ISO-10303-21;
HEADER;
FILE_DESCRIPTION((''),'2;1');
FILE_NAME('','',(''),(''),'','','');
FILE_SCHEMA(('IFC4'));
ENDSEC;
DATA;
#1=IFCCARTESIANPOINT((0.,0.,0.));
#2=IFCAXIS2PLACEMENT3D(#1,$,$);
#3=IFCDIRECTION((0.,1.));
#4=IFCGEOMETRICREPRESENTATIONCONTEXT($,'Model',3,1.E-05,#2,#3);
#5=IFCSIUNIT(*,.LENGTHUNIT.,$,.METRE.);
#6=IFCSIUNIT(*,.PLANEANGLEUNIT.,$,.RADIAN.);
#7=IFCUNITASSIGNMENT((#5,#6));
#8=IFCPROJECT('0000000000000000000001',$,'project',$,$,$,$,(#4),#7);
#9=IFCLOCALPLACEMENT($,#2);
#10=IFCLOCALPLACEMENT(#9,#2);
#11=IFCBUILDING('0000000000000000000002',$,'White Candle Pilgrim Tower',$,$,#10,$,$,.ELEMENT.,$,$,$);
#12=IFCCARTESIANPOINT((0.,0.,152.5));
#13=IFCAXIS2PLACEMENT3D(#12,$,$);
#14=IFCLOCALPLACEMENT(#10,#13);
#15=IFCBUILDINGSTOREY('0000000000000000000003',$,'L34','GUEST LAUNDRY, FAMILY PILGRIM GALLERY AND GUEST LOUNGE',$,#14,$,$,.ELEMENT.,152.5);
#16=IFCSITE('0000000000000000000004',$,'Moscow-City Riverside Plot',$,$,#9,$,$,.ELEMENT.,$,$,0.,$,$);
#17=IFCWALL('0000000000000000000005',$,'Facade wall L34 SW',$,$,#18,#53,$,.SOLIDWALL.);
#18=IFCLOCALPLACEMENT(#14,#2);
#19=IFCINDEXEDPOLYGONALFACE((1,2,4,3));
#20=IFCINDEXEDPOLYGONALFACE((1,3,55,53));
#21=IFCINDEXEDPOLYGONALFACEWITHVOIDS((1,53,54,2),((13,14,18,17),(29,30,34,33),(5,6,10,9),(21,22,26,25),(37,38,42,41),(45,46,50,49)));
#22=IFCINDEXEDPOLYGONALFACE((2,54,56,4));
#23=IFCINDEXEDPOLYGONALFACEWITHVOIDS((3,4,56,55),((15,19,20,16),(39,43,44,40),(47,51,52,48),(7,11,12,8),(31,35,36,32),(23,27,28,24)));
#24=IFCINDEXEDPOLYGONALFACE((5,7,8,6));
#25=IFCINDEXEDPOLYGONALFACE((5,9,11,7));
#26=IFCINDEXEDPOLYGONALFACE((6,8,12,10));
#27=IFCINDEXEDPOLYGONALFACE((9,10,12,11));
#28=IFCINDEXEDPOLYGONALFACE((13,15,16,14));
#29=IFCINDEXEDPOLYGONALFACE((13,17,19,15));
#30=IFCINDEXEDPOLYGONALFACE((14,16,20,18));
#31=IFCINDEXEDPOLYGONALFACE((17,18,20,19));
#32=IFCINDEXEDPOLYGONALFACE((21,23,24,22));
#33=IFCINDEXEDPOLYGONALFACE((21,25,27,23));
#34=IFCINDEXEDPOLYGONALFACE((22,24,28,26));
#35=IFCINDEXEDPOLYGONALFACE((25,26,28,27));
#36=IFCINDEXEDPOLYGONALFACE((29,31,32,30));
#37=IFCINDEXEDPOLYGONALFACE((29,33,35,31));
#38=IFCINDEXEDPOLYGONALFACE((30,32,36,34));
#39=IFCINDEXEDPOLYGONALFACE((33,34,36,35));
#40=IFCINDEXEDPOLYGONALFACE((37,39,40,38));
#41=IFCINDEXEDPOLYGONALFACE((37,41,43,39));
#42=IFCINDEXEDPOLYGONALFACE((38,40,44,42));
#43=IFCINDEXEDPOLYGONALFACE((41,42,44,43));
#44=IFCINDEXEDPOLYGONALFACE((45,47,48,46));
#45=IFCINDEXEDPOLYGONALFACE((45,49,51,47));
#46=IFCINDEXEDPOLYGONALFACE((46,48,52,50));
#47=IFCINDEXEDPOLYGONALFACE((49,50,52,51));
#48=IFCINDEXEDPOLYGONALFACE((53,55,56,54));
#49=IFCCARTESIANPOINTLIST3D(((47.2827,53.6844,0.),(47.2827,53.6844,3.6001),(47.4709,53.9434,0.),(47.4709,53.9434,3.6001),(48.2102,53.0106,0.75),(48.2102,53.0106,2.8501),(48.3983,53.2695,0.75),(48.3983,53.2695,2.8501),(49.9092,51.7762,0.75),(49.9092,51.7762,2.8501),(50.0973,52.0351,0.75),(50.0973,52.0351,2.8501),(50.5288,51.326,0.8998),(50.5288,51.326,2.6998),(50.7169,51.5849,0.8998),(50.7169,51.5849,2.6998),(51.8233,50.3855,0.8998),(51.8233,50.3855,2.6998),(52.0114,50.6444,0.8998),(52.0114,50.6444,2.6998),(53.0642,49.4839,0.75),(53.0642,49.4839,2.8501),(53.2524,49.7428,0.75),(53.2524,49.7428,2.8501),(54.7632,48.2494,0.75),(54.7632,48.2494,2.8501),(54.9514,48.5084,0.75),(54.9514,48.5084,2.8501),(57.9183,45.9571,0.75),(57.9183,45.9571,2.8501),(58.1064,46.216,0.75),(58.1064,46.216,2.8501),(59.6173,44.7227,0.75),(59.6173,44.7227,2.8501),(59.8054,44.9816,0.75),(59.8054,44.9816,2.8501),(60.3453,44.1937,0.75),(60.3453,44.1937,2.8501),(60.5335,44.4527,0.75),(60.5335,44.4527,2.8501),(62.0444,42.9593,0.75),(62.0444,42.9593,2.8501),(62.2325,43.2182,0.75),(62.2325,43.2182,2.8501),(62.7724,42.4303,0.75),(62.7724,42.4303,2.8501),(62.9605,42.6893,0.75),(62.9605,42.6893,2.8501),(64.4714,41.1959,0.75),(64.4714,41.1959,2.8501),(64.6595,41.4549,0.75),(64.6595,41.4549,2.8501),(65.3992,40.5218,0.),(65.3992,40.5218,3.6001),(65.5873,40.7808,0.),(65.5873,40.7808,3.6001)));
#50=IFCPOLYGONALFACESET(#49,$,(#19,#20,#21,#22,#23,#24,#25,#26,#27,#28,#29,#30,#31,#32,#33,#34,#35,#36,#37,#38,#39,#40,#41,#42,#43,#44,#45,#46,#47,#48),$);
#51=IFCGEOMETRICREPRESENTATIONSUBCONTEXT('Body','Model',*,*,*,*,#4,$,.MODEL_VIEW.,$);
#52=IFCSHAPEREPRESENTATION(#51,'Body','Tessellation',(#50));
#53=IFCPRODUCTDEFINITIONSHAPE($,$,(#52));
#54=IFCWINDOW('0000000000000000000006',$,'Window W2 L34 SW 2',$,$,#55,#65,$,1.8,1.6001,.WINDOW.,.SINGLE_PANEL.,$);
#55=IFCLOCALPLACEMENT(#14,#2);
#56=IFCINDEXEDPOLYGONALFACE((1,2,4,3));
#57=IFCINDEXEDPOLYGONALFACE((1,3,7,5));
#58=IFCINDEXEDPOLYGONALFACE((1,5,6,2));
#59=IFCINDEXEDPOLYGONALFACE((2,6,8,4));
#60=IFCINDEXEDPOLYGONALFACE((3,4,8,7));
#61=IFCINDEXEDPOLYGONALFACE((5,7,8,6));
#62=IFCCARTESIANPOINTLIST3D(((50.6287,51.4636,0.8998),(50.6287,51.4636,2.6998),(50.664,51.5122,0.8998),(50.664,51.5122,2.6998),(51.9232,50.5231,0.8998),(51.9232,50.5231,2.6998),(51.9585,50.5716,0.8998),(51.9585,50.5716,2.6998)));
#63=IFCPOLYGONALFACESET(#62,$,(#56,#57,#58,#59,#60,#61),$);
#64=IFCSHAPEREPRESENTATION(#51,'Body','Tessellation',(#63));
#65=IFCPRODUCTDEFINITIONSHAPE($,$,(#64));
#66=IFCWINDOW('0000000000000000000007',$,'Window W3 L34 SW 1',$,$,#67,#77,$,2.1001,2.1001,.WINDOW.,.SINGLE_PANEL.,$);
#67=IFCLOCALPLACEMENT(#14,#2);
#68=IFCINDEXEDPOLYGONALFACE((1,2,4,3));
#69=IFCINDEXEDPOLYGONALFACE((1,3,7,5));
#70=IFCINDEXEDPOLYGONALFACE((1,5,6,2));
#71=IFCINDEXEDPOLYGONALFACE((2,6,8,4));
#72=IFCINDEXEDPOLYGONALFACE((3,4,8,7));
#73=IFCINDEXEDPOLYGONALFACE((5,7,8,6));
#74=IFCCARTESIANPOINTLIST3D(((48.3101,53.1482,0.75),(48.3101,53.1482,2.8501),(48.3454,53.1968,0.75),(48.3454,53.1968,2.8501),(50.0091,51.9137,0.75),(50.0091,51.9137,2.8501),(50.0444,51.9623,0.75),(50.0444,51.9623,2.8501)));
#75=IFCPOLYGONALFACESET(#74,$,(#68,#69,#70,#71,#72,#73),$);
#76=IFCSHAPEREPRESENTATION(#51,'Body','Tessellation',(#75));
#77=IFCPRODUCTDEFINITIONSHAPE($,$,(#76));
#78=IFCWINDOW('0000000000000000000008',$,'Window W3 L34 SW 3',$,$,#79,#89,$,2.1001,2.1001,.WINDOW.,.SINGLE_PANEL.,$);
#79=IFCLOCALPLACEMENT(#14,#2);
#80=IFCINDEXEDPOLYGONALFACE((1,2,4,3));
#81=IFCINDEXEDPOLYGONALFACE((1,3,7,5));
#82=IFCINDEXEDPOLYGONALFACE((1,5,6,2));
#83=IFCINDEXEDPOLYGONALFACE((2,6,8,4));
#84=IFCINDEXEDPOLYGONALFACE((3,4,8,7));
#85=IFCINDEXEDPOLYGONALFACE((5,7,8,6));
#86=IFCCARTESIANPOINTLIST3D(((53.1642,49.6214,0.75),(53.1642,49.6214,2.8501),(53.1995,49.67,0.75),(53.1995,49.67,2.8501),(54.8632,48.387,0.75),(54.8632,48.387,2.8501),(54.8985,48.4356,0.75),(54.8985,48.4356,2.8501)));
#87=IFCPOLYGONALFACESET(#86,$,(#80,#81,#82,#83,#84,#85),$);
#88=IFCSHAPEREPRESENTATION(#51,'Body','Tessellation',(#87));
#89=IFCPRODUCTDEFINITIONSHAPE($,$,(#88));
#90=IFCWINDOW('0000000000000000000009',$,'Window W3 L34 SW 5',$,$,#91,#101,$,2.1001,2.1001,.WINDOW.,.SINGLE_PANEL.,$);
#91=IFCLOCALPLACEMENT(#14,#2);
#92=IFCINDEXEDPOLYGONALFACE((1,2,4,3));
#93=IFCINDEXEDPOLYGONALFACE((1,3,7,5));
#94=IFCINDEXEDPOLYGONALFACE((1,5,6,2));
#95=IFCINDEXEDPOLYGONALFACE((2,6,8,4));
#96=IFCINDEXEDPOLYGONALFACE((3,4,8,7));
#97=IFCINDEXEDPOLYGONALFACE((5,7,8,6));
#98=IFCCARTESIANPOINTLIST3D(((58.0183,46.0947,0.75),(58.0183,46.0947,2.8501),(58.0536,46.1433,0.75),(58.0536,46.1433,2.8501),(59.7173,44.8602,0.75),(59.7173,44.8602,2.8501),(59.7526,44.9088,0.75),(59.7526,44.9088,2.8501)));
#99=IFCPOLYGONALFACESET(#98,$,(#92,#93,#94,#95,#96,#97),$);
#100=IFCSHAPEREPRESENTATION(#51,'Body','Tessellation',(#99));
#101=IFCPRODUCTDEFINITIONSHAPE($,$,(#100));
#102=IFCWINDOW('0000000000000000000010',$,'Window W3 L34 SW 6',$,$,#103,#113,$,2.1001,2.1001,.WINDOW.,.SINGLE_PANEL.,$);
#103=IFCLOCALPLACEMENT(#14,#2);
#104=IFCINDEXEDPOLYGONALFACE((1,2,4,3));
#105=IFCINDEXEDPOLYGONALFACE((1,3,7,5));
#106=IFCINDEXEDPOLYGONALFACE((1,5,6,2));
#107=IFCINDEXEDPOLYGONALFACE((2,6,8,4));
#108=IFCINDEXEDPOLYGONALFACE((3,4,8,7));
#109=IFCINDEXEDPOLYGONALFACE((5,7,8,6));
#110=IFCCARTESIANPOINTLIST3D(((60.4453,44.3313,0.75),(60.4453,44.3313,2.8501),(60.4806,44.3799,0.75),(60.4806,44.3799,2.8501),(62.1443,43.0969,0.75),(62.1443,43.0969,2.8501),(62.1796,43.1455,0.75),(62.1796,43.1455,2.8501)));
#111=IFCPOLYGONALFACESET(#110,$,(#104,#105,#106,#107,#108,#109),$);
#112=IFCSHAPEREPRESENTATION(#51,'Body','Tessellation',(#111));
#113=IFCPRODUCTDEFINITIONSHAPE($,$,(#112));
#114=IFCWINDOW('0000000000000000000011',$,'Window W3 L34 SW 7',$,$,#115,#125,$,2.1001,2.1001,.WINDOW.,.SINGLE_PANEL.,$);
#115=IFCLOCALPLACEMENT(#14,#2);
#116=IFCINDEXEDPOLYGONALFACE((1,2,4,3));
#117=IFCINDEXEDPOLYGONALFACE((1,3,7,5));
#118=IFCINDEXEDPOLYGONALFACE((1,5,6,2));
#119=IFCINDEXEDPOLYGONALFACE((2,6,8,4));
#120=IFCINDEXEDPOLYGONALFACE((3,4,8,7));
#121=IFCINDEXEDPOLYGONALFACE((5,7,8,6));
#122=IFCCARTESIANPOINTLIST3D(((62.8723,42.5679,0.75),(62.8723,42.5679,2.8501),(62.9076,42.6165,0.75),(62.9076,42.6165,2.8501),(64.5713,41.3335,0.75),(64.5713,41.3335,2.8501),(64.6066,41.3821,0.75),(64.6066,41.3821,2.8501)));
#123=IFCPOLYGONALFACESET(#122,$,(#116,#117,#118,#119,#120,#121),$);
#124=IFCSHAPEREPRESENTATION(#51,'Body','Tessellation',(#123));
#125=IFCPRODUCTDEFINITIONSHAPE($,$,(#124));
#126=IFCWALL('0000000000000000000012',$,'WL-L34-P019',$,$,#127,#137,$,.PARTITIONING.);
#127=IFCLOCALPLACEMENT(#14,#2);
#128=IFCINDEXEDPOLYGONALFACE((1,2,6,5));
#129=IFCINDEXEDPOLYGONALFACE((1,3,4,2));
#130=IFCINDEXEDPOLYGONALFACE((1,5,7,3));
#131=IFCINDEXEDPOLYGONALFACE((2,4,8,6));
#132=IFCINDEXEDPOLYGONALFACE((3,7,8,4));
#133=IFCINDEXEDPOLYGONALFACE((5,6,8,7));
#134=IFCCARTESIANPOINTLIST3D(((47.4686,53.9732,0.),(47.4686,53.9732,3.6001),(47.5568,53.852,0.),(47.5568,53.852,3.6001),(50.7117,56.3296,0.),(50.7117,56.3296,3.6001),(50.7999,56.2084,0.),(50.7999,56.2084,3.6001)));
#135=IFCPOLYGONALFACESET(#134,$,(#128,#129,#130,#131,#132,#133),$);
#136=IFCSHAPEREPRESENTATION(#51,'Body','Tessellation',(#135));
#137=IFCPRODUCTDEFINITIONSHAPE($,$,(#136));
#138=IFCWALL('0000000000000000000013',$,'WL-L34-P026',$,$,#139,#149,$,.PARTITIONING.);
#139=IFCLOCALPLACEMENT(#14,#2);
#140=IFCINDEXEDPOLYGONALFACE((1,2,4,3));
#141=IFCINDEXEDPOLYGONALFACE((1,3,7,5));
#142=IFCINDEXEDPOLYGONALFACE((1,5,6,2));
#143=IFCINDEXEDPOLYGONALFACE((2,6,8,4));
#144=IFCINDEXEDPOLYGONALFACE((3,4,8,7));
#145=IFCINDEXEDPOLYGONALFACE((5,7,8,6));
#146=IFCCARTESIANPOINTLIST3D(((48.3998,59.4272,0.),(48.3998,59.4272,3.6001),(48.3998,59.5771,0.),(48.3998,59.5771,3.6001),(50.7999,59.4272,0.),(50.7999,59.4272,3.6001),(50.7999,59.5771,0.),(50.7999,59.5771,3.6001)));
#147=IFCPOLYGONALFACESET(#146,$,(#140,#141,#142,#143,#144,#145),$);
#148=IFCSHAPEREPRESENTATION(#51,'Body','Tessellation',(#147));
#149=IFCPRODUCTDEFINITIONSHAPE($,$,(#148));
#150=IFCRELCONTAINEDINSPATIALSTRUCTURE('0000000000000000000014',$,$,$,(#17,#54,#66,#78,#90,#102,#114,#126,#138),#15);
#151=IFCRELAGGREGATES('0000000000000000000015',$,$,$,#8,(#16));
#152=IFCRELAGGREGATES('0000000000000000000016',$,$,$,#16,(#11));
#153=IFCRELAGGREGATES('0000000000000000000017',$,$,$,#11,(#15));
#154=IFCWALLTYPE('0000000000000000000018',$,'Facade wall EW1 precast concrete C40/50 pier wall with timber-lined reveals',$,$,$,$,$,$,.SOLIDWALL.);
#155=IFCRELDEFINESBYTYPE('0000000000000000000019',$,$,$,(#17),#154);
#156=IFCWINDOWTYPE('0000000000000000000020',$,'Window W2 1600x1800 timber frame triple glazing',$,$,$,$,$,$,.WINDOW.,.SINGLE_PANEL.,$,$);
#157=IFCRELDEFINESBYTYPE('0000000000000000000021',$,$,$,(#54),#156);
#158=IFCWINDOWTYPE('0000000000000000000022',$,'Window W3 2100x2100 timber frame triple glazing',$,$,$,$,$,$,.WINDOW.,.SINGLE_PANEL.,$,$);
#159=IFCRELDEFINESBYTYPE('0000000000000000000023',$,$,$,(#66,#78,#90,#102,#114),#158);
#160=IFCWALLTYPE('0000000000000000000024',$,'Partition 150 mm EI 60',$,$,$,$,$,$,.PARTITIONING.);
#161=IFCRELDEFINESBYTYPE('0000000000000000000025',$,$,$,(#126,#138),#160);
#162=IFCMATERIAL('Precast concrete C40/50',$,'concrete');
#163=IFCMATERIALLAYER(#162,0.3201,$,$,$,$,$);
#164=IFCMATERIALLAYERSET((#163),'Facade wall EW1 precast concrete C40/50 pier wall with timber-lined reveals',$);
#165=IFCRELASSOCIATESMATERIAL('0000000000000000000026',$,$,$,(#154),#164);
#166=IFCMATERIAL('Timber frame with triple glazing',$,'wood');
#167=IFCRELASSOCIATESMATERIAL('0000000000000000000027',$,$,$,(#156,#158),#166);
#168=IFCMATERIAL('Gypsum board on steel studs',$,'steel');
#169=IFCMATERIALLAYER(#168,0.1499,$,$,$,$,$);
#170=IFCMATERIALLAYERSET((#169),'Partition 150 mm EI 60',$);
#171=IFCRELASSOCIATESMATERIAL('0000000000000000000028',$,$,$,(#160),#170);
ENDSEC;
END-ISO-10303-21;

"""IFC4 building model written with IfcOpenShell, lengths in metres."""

from ifc_helpers import new_model, si_unit, direction, frame, frame_2d, origin, place, context, subcontext, project, spatial, rectangle, extrude, material, layer, layer_set, type_object, element, fill, save


model = new_model("IFC4")

# Units and contexts
model_context = context("Model", 3, precision=1e-05, world=origin(), true_north=direction((0.0, 1.0)))
body_context = subcontext(model_context, "Body", "Model", "MODEL_VIEW")
ifc_project = project(units=[si_unit("LENGTHUNIT", "METRE"), si_unit("PLANEANGLEUNIT", "RADIAN")], contexts=[model_context])

# Site, building, storey
site_placement = place(None, origin())
site = spatial("IfcSite", under=ifc_project, at=site_placement, Name="Moscow-City Riverside Plot", CompositionType="ELEMENT", RefElevation=0.0)
building_placement = place(site_placement, origin())
building = spatial("IfcBuilding", under=site, at=building_placement, Name="White Candle Pilgrim Tower", CompositionType="ELEMENT")
storey_placement = place(building_placement, frame((0.0, 0.0, 152.5)))
storey = spatial("IfcBuildingStorey", under=building, at=storey_placement, Name="L34", Description="GUEST LAUNDRY, FAMILY PILGRIM GALLERY AND GUEST LOUNGE", CompositionType="ELEMENT", Elevation=152.5)

# Shared definitions
ifc_material_1 = material(Name="Gypsum board on steel studs", Category="steel")

# Wall, openings, windows
ifc_material_2 = material(Name="Precast concrete C40/50", Category="concrete")
ifc_layer_1 = layer(ifc_material_2, 0.3201)
ifc_layer_set_1 = layer_set([ifc_layer_1], Name="Facade wall EW1 precast concrete C40/50 pier wall with timber-lined reveals")
wall_type_1 = type_object("IfcWallType", Name="Facade wall EW1 precast concrete C40/50 pier wall with timber-lined reveals", PredefinedType="SOLIDWALL", material=ifc_layer_set_1)
wall_1_placement = place(storey_placement, frame((47.3767, 53.814, 0.0), z_axis=(0.0, 0.0, 1.0), x_axis=(0.809012, -0.587792, 0.0)))
wall_1 = element("IfcWall", 1, at=wall_1_placement, inside=storey, type_object=wall_type_1, Name="Facade wall L34 SW", PredefinedType="SOLIDWALL", context=body_context, shape_type="SweptSolid", body=[
    extrude(rectangle(XDim=22.3933, YDim=0.3201, at=frame_2d((11.1968, 0.0))), origin(), (0.0, 0.0, 1.0), 3.6001),
])
opening_1_placement = place(wall_1_placement, frame((1.1465, 0.0, 0.75)))
opening_1 = element("IfcOpeningElement", 2, at=opening_1_placement, cuts=wall_1, PredefinedType="OPENING", context=body_context, shape_type="SweptSolid", body=[
    extrude(rectangle(XDim=2.1001, YDim=2.1001, at=frame_2d((1.05, 1.05))), frame((0.0, 0.1699, 0.0), z_axis=(0.0, -1.0, 0.0), x_axis=(1.0, 0.0, 0.0)), (0.0, 0.0, 1.0), 0.3401),
])
opening_2_placement = place(wall_1_placement, frame((4.0125, 0.0, 0.8999)))
opening_2 = element("IfcOpeningElement", 3, at=opening_2_placement, cuts=wall_1, PredefinedType="OPENING", context=body_context, shape_type="SweptSolid", body=[
    extrude(rectangle(XDim=1.6001, YDim=1.8, at=frame_2d((0.8, 0.8999))), frame((0.0, 0.1699, 0.0), z_axis=(0.0, -1.0, 0.0), x_axis=(1.0, 0.0, 0.0)), (0.0, 0.0, 1.0), 0.3401),
])
opening_3_placement = place(wall_1_placement, frame((7.1465, 0.0, 0.75)))
opening_3 = element("IfcOpeningElement", 4, at=opening_3_placement, cuts=wall_1, PredefinedType="OPENING", context=body_context, shape_type="SweptSolid", body=[
    extrude(rectangle(XDim=2.1001, YDim=2.1001, at=frame_2d((1.05, 1.05))), frame((0.0, 0.1699, 0.0), z_axis=(0.0, -1.0, 0.0), x_axis=(1.0, 0.0, 0.0)), (0.0, 0.0, 1.0), 0.3401),
])
opening_4_placement = place(wall_1_placement, frame((13.1465, 0.0, 0.75)))
opening_4 = element("IfcOpeningElement", 5, at=opening_4_placement, cuts=wall_1, PredefinedType="OPENING", context=body_context, shape_type="SweptSolid", body=[
    extrude(rectangle(XDim=2.1001, YDim=2.1001, at=frame_2d((1.05, 1.05))), frame((0.0, 0.1699, 0.0), z_axis=(0.0, -1.0, 0.0), x_axis=(1.0, 0.0, 0.0)), (0.0, 0.0, 1.0), 0.3401),
])
opening_5_placement = place(wall_1_placement, frame((16.1465, 0.0, 0.75)))
opening_5 = element("IfcOpeningElement", 6, at=opening_5_placement, cuts=wall_1, PredefinedType="OPENING", context=body_context, shape_type="SweptSolid", body=[
    extrude(rectangle(XDim=2.1001, YDim=2.1001, at=frame_2d((1.05, 1.05))), frame((0.0, 0.1699, 0.0), z_axis=(0.0, -1.0, 0.0), x_axis=(1.0, 0.0, 0.0)), (0.0, 0.0, 1.0), 0.3401),
])
opening_6_placement = place(wall_1_placement, frame((19.1465, 0.0, 0.75)))
opening_6 = element("IfcOpeningElement", 7, at=opening_6_placement, cuts=wall_1, PredefinedType="OPENING", context=body_context, shape_type="SweptSolid", body=[
    extrude(rectangle(XDim=2.1001, YDim=2.1001, at=frame_2d((1.05, 1.05))), frame((0.0, 0.1699, 0.0), z_axis=(0.0, -1.0, 0.0), x_axis=(1.0, 0.0, 0.0)), (0.0, 0.0, 1.0), 0.3401),
])
ifc_material_3 = material(Name="Timber frame with triple glazing", Category="wood")
window_type_1 = type_object("IfcWindowType", Name="Window W2 1600x1800 timber frame triple glazing", PartitioningType="SINGLE_PANEL", PredefinedType="WINDOW", material=ifc_material_3)
window_1_placement = place(opening_2_placement, origin())
window_1 = element("IfcWindow", 8, at=window_1_placement, inside=storey, type_object=window_type_1, Name="Window W2 L34 SW 2", OverallHeight=1.8, OverallWidth=1.6001, PartitioningType="SINGLE_PANEL", PredefinedType="WINDOW", context=body_context, shape_type="SweptSolid", body=[
    extrude(rectangle(XDim=1.6001, YDim=1.8, at=frame_2d((0.8, 0.8999))), frame((0.0, 0.0701, 0.0), z_axis=(0.0, -1.0, 0.0), x_axis=(1.0, 0.0, 0.0)), (0.0, 0.0, 1.0), 0.0601),
])
fill(opening_2, window_1)
window_type_2 = type_object("IfcWindowType", Name="Window W3 2100x2100 timber frame triple glazing", PartitioningType="SINGLE_PANEL", PredefinedType="WINDOW", material=ifc_material_3)
window_2_placement = place(opening_1_placement, origin())
window_2 = element("IfcWindow", 9, at=window_2_placement, inside=storey, type_object=window_type_2, Name="Window W3 L34 SW 1", OverallHeight=2.1001, OverallWidth=2.1001, PartitioningType="SINGLE_PANEL", PredefinedType="WINDOW", context=body_context, shape_type="SweptSolid", body=[
    extrude(rectangle(XDim=2.1001, YDim=2.1001, at=frame_2d((1.05, 1.05))), frame((0.0, 0.0701, 0.0), z_axis=(0.0, -1.0, 0.0), x_axis=(1.0, 0.0, 0.0)), (0.0, 0.0, 1.0), 0.0601),
])
fill(opening_1, window_2)
window_3_placement = place(opening_3_placement, origin())
window_3 = element("IfcWindow", 10, at=window_3_placement, inside=storey, type_object=window_type_2, Name="Window W3 L34 SW 3", OverallHeight=2.1001, OverallWidth=2.1001, PartitioningType="SINGLE_PANEL", PredefinedType="WINDOW", context=body_context, shape_type="SweptSolid", body=[
    extrude(rectangle(XDim=2.1001, YDim=2.1001, at=frame_2d((1.05, 1.05))), frame((0.0, 0.0701, 0.0), z_axis=(0.0, -1.0, 0.0), x_axis=(1.0, 0.0, 0.0)), (0.0, 0.0, 1.0), 0.0601),
])
fill(opening_3, window_3)
window_4_placement = place(opening_4_placement, origin())
window_4 = element("IfcWindow", 11, at=window_4_placement, inside=storey, type_object=window_type_2, Name="Window W3 L34 SW 5", OverallHeight=2.1001, OverallWidth=2.1001, PartitioningType="SINGLE_PANEL", PredefinedType="WINDOW", context=body_context, shape_type="SweptSolid", body=[
    extrude(rectangle(XDim=2.1001, YDim=2.1001, at=frame_2d((1.05, 1.05))), frame((0.0, 0.0701, 0.0), z_axis=(0.0, -1.0, 0.0), x_axis=(1.0, 0.0, 0.0)), (0.0, 0.0, 1.0), 0.0601),
])
fill(opening_4, window_4)
window_5_placement = place(opening_5_placement, origin())
window_5 = element("IfcWindow", 12, at=window_5_placement, inside=storey, type_object=window_type_2, Name="Window W3 L34 SW 6", OverallHeight=2.1001, OverallWidth=2.1001, PartitioningType="SINGLE_PANEL", PredefinedType="WINDOW", context=body_context, shape_type="SweptSolid", body=[
    extrude(rectangle(XDim=2.1001, YDim=2.1001, at=frame_2d((1.05, 1.05))), frame((0.0, 0.0701, 0.0), z_axis=(0.0, -1.0, 0.0), x_axis=(1.0, 0.0, 0.0)), (0.0, 0.0, 1.0), 0.0601),
])
fill(opening_5, window_5)
window_6_placement = place(opening_6_placement, origin())
window_6 = element("IfcWindow", 13, at=window_6_placement, inside=storey, type_object=window_type_2, Name="Window W3 L34 SW 7", OverallHeight=2.1001, OverallWidth=2.1001, PartitioningType="SINGLE_PANEL", PredefinedType="WINDOW", context=body_context, shape_type="SweptSolid", body=[
    extrude(rectangle(XDim=2.1001, YDim=2.1001, at=frame_2d((1.05, 1.05))), frame((0.0, 0.0701, 0.0), z_axis=(0.0, -1.0, 0.0), x_axis=(1.0, 0.0, 0.0)), (0.0, 0.0, 1.0), 0.0601),
])
fill(opening_6, window_6)

# Walls
ifc_layer_2 = layer(ifc_material_1, 0.1499)
ifc_layer_set_2 = layer_set([ifc_layer_2], Name="Partition 150 mm EI 60")
wall_type_2 = type_object("IfcWallType", Name="Partition 150 mm EI 60", PredefinedType="PARTITIONING", material=ifc_layer_set_2)
wall_2_placement = place(storey_placement, frame((47.5127, 53.9126, 0.0), z_axis=(0.0, 0.0, 1.0), x_axis=(0.808999, 0.58781, 0.0)))
element("IfcWall", 14, at=wall_2_placement, inside=storey, type_object=wall_type_2, Name="WL-L34-P019", PredefinedType="PARTITIONING", context=body_context, shape_type="SweptSolid", body=[
    extrude(rectangle(XDim=4.0088, YDim=0.1499, at=frame_2d((2.0044, 0.0))), origin(), (0.0, 0.0, 1.0), 3.6001),
])
wall_3_placement = place(storey_placement, frame((50.8, 59.5022, 0.0), z_axis=(0.0, 0.0, 1.0), x_axis=(-1.0, 0.0, 0.0)))
element("IfcWall", 15, at=wall_3_placement, inside=storey, type_object=wall_type_2, Name="WL-L34-P026", PredefinedType="PARTITIONING", context=body_context, shape_type="SweptSolid", body=[
    extrude(rectangle(XDim=2.4001, YDim=0.1499, at=frame_2d((1.2002, 0.0))), origin(), (0.0, 0.0, 1.0), 3.6001),
])

save(model, "model.ifc")
